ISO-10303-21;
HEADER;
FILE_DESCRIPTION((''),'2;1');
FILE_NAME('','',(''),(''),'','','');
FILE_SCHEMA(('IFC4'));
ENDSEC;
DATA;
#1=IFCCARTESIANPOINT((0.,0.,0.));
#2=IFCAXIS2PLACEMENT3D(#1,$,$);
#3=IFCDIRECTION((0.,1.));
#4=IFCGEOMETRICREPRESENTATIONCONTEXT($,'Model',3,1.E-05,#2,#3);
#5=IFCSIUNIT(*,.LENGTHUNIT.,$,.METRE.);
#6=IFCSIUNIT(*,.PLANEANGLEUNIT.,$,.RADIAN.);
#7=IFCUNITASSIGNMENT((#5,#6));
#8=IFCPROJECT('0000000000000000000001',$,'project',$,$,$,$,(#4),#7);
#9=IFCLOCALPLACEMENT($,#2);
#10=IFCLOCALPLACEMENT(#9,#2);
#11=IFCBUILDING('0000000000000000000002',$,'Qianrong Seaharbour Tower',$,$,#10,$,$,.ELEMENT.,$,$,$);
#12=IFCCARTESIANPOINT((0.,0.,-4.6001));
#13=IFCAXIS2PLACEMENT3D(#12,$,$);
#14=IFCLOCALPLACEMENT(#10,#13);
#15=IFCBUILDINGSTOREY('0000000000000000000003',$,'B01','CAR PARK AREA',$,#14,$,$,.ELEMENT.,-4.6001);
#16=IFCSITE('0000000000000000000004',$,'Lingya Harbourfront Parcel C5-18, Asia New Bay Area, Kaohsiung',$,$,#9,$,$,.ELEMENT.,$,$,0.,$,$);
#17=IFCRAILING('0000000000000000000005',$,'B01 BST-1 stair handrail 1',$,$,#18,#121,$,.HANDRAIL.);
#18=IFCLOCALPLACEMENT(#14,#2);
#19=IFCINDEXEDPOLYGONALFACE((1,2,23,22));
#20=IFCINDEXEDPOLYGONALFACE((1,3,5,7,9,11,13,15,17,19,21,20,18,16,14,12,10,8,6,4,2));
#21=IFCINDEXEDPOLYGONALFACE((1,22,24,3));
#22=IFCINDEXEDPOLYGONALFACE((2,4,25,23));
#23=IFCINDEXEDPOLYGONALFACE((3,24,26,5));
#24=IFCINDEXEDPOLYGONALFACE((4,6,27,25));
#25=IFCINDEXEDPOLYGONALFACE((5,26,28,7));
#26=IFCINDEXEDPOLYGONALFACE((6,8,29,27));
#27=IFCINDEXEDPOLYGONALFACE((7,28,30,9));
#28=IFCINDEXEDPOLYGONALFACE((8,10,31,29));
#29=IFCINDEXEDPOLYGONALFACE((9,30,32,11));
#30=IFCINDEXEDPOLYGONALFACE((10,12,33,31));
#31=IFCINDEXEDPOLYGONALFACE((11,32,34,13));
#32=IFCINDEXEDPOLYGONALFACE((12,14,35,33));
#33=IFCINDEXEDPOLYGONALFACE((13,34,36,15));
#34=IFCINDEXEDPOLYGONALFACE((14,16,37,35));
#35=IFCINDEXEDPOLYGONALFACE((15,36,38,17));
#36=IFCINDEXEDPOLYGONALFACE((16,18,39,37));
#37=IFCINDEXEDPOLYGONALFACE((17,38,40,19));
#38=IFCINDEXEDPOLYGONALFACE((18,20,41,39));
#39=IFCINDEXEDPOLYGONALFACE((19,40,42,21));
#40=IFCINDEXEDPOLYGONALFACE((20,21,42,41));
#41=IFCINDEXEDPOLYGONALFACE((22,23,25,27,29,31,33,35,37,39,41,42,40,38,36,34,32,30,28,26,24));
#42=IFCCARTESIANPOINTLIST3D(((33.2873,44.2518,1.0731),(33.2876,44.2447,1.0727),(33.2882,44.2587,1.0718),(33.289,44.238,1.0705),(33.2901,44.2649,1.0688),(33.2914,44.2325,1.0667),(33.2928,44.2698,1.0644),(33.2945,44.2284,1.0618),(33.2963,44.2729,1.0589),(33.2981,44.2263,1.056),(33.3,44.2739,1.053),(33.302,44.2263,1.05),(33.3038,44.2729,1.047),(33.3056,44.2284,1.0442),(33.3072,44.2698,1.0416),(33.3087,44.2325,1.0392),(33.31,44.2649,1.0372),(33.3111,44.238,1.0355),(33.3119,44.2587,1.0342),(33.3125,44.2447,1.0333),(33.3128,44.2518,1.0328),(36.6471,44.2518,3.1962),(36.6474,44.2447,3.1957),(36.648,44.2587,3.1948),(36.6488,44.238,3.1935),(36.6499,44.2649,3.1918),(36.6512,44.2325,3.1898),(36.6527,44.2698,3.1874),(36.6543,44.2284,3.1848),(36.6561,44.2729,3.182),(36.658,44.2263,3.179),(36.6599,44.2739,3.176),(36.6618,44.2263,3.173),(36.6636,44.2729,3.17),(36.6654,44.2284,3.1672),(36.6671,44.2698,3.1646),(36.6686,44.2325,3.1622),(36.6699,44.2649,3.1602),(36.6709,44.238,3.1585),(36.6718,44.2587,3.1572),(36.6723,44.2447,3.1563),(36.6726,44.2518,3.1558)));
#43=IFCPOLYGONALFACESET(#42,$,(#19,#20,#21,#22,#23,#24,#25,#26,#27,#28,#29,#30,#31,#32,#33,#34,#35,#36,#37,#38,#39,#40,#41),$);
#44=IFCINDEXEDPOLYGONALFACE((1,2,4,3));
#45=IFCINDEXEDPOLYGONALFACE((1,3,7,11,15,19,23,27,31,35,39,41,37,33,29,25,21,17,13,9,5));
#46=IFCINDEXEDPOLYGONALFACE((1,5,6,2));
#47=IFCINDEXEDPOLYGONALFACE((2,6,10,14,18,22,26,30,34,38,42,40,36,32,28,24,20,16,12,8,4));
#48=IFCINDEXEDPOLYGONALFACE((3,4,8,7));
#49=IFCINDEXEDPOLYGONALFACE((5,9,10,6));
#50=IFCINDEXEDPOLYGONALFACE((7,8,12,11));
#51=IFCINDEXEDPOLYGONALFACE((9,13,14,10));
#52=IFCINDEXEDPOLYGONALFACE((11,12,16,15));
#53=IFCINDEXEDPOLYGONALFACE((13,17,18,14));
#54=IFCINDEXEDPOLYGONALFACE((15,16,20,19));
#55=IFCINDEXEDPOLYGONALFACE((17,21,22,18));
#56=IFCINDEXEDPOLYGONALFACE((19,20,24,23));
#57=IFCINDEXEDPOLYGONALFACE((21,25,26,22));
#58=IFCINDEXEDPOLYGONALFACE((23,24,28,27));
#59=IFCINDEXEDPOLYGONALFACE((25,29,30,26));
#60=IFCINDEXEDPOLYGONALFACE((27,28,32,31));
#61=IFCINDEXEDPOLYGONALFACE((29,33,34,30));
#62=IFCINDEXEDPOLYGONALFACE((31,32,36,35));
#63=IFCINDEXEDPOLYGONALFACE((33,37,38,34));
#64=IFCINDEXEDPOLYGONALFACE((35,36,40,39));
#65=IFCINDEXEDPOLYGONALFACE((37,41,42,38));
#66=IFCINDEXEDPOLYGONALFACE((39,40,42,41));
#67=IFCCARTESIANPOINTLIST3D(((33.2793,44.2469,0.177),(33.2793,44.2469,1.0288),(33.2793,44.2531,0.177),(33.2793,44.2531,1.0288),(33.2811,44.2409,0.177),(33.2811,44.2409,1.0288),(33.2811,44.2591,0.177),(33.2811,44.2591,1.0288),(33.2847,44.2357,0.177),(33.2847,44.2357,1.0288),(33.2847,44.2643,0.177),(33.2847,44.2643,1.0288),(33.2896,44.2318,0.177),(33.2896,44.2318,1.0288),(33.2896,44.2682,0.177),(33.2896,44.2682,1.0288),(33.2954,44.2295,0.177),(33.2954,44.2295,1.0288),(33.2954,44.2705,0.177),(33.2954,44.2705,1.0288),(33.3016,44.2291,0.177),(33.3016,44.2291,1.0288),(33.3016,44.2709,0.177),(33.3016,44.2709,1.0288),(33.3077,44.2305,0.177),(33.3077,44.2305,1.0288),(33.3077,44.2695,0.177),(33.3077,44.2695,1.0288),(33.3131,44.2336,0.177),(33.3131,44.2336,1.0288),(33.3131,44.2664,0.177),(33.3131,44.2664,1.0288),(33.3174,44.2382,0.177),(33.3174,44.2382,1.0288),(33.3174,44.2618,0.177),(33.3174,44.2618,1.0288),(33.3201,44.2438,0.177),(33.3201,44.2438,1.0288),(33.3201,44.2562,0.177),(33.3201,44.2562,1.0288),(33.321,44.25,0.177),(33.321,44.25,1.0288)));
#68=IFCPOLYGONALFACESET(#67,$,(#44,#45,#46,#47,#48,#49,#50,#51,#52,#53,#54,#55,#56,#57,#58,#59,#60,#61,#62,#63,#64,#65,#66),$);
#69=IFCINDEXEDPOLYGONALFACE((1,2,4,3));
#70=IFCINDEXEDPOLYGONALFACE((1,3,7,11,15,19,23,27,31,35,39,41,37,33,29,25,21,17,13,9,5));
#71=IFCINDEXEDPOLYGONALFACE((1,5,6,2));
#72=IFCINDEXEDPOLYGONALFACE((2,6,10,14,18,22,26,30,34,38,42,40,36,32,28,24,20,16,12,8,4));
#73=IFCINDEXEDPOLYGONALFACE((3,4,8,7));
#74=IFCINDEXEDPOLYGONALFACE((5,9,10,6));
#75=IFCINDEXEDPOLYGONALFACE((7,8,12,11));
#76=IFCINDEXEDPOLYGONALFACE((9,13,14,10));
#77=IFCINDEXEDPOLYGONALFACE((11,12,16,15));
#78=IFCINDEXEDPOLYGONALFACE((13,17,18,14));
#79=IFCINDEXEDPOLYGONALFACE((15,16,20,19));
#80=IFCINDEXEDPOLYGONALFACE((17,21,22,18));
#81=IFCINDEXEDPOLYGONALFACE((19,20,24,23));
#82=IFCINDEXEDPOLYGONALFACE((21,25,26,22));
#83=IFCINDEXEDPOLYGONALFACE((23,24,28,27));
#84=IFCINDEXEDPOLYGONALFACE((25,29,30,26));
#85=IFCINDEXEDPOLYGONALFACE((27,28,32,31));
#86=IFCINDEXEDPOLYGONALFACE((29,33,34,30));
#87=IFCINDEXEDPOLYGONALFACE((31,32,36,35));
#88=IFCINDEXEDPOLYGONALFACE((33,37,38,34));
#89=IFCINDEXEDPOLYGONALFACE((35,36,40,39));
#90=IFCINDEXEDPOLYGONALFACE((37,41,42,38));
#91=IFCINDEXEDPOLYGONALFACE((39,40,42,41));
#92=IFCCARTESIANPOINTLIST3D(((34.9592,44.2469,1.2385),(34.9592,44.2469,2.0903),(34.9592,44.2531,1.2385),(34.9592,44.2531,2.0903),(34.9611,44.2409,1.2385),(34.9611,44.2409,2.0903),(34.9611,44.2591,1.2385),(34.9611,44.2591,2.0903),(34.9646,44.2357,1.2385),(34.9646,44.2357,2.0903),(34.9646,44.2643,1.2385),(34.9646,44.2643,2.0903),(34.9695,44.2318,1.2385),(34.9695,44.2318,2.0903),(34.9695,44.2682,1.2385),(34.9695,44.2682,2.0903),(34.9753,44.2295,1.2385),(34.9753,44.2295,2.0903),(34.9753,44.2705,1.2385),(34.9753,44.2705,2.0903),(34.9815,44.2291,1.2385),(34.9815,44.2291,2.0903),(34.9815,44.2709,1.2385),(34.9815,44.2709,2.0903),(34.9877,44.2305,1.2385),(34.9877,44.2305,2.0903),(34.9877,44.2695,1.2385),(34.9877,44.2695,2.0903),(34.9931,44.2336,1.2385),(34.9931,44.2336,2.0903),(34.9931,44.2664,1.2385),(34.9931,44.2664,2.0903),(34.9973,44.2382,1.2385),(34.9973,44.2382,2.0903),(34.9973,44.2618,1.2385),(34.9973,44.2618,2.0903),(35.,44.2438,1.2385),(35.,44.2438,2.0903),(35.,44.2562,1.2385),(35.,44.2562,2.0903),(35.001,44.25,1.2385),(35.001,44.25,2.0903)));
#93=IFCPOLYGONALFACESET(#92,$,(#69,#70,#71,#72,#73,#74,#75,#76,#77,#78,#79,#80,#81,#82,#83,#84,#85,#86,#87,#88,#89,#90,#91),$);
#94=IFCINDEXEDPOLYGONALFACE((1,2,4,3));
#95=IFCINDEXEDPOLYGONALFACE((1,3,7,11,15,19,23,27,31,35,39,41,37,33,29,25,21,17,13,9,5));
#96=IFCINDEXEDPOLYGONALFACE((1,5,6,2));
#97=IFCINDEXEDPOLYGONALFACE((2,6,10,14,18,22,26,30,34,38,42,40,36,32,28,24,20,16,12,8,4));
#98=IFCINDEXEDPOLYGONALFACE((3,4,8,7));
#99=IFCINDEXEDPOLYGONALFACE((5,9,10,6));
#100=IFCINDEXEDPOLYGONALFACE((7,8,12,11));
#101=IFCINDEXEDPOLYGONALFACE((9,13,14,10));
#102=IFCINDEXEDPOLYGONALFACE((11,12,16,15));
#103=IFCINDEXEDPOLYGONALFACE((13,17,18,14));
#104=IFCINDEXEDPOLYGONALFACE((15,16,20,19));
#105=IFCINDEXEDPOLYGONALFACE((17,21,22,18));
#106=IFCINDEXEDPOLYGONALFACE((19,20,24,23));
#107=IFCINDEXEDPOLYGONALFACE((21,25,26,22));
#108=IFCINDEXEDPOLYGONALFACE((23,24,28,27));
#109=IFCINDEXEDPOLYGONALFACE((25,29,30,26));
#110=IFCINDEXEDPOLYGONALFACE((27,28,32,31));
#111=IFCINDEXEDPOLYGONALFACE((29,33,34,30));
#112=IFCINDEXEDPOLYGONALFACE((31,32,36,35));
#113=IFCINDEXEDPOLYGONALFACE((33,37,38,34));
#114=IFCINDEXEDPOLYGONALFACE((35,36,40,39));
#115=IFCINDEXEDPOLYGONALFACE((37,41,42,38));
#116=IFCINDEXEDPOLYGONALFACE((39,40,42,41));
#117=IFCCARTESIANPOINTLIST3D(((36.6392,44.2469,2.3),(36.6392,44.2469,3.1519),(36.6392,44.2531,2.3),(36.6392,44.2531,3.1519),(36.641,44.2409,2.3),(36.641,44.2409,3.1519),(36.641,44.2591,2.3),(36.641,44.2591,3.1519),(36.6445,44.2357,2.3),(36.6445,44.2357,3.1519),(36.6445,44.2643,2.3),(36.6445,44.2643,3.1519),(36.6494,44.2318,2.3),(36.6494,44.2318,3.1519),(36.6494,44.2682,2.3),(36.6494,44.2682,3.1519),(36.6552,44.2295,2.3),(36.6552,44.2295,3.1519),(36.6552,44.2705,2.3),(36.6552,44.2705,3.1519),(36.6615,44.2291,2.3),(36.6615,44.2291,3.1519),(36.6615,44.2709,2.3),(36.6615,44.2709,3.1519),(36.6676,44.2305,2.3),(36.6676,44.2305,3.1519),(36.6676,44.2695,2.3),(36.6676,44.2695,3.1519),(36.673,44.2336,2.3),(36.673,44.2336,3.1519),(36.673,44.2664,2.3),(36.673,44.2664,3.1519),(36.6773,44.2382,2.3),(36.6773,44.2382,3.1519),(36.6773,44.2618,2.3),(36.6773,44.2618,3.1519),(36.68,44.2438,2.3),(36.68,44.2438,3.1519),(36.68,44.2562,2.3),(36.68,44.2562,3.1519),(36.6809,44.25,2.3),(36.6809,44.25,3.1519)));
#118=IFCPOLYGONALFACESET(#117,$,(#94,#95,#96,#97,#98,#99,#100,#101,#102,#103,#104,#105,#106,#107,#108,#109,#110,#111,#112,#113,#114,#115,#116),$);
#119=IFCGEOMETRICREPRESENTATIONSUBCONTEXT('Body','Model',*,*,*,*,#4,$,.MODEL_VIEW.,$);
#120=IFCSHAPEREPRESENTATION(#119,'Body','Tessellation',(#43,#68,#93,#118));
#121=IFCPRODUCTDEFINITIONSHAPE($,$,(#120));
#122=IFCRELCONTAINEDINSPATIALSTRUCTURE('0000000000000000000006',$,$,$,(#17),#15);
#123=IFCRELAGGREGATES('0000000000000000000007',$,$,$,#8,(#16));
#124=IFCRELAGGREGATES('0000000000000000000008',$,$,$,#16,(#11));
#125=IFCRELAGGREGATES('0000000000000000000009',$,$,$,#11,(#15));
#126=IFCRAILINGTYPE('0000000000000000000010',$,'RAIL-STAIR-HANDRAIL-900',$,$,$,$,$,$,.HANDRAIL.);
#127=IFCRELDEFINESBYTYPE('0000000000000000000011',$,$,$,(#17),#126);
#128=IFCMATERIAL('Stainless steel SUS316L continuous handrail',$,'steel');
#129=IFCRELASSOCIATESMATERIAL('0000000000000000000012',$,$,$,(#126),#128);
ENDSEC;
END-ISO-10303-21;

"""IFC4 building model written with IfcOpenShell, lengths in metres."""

from ifc_helpers import new_model, si_unit, direction, frame, origin, origin_2d, place, context, subcontext, project, spatial, circle, extrude, material, type_object, element, save


model = new_model("IFC4")

# Units and contexts
model_context = context("Model", 3, precision=1e-05, world=origin(), true_north=direction((0.0, 1.0)))
body_context = subcontext(model_context, "Body", "Model", "MODEL_VIEW")
ifc_project = project(units=[si_unit("LENGTHUNIT", "METRE"), si_unit("PLANEANGLEUNIT", "RADIAN")], contexts=[model_context])

# Site, building, storey
site_placement = place(None, origin())
site = spatial("IfcSite", under=ifc_project, at=site_placement, Name="Lingya Harbourfront Parcel C5-18, Asia New Bay Area, Kaohsiung", CompositionType="ELEMENT", RefElevation=0.0)
building_placement = place(site_placement, origin())
building = spatial("IfcBuilding", under=site, at=building_placement, Name="Qianrong Seaharbour Tower", CompositionType="ELEMENT")
storey_placement = place(building_placement, frame((0.0, 0.0, -4.6001)))
storey = spatial("IfcBuildingStorey", under=building, at=storey_placement, Name="B01", Description="CAR PARK AREA", CompositionType="ELEMENT", Elevation=-4.6001)

# Railing
ifc_material_1 = material(Name="Stainless steel SUS316L continuous handrail", Category="steel")
railing_type_1 = type_object("IfcRailingType", Name="RAIL-STAIR-HANDRAIL-900", PredefinedType="HANDRAIL", material=ifc_material_1)
railing_1_placement = place(storey_placement, frame((33.3, 44.25, 0.177)))
element("IfcRailing", 1, at=railing_1_placement, inside=storey, type_object=railing_type_1, Name="B01 BST-1 stair handrail 1", PredefinedType="HANDRAIL", context=body_context, shape_type="SweptSolid", body=[
    extrude(circle(Radius=0.0239, at=origin_2d()), frame((0.0, 0.0, 0.876), z_axis=(0.845372, 0.0, 0.534178), x_axis=(0.0, 1.0, 0.0)), (0.0, 0.0, 1.0), 3.9744),
    extrude(circle(Radius=0.021, at=origin_2d()), origin(), (0.0, 0.0, 1.0), 0.8518),
    extrude(circle(Radius=0.021, at=origin_2d()), frame((1.6799, 0.0, 1.0615)), (0.0, 0.0, 1.0), 0.8518),
    extrude(circle(Radius=0.021, at=origin_2d()), frame((3.3599, 0.0, 2.123)), (0.0, 0.0, 1.0), 0.8518),
])

save(model, "model.ifc")
